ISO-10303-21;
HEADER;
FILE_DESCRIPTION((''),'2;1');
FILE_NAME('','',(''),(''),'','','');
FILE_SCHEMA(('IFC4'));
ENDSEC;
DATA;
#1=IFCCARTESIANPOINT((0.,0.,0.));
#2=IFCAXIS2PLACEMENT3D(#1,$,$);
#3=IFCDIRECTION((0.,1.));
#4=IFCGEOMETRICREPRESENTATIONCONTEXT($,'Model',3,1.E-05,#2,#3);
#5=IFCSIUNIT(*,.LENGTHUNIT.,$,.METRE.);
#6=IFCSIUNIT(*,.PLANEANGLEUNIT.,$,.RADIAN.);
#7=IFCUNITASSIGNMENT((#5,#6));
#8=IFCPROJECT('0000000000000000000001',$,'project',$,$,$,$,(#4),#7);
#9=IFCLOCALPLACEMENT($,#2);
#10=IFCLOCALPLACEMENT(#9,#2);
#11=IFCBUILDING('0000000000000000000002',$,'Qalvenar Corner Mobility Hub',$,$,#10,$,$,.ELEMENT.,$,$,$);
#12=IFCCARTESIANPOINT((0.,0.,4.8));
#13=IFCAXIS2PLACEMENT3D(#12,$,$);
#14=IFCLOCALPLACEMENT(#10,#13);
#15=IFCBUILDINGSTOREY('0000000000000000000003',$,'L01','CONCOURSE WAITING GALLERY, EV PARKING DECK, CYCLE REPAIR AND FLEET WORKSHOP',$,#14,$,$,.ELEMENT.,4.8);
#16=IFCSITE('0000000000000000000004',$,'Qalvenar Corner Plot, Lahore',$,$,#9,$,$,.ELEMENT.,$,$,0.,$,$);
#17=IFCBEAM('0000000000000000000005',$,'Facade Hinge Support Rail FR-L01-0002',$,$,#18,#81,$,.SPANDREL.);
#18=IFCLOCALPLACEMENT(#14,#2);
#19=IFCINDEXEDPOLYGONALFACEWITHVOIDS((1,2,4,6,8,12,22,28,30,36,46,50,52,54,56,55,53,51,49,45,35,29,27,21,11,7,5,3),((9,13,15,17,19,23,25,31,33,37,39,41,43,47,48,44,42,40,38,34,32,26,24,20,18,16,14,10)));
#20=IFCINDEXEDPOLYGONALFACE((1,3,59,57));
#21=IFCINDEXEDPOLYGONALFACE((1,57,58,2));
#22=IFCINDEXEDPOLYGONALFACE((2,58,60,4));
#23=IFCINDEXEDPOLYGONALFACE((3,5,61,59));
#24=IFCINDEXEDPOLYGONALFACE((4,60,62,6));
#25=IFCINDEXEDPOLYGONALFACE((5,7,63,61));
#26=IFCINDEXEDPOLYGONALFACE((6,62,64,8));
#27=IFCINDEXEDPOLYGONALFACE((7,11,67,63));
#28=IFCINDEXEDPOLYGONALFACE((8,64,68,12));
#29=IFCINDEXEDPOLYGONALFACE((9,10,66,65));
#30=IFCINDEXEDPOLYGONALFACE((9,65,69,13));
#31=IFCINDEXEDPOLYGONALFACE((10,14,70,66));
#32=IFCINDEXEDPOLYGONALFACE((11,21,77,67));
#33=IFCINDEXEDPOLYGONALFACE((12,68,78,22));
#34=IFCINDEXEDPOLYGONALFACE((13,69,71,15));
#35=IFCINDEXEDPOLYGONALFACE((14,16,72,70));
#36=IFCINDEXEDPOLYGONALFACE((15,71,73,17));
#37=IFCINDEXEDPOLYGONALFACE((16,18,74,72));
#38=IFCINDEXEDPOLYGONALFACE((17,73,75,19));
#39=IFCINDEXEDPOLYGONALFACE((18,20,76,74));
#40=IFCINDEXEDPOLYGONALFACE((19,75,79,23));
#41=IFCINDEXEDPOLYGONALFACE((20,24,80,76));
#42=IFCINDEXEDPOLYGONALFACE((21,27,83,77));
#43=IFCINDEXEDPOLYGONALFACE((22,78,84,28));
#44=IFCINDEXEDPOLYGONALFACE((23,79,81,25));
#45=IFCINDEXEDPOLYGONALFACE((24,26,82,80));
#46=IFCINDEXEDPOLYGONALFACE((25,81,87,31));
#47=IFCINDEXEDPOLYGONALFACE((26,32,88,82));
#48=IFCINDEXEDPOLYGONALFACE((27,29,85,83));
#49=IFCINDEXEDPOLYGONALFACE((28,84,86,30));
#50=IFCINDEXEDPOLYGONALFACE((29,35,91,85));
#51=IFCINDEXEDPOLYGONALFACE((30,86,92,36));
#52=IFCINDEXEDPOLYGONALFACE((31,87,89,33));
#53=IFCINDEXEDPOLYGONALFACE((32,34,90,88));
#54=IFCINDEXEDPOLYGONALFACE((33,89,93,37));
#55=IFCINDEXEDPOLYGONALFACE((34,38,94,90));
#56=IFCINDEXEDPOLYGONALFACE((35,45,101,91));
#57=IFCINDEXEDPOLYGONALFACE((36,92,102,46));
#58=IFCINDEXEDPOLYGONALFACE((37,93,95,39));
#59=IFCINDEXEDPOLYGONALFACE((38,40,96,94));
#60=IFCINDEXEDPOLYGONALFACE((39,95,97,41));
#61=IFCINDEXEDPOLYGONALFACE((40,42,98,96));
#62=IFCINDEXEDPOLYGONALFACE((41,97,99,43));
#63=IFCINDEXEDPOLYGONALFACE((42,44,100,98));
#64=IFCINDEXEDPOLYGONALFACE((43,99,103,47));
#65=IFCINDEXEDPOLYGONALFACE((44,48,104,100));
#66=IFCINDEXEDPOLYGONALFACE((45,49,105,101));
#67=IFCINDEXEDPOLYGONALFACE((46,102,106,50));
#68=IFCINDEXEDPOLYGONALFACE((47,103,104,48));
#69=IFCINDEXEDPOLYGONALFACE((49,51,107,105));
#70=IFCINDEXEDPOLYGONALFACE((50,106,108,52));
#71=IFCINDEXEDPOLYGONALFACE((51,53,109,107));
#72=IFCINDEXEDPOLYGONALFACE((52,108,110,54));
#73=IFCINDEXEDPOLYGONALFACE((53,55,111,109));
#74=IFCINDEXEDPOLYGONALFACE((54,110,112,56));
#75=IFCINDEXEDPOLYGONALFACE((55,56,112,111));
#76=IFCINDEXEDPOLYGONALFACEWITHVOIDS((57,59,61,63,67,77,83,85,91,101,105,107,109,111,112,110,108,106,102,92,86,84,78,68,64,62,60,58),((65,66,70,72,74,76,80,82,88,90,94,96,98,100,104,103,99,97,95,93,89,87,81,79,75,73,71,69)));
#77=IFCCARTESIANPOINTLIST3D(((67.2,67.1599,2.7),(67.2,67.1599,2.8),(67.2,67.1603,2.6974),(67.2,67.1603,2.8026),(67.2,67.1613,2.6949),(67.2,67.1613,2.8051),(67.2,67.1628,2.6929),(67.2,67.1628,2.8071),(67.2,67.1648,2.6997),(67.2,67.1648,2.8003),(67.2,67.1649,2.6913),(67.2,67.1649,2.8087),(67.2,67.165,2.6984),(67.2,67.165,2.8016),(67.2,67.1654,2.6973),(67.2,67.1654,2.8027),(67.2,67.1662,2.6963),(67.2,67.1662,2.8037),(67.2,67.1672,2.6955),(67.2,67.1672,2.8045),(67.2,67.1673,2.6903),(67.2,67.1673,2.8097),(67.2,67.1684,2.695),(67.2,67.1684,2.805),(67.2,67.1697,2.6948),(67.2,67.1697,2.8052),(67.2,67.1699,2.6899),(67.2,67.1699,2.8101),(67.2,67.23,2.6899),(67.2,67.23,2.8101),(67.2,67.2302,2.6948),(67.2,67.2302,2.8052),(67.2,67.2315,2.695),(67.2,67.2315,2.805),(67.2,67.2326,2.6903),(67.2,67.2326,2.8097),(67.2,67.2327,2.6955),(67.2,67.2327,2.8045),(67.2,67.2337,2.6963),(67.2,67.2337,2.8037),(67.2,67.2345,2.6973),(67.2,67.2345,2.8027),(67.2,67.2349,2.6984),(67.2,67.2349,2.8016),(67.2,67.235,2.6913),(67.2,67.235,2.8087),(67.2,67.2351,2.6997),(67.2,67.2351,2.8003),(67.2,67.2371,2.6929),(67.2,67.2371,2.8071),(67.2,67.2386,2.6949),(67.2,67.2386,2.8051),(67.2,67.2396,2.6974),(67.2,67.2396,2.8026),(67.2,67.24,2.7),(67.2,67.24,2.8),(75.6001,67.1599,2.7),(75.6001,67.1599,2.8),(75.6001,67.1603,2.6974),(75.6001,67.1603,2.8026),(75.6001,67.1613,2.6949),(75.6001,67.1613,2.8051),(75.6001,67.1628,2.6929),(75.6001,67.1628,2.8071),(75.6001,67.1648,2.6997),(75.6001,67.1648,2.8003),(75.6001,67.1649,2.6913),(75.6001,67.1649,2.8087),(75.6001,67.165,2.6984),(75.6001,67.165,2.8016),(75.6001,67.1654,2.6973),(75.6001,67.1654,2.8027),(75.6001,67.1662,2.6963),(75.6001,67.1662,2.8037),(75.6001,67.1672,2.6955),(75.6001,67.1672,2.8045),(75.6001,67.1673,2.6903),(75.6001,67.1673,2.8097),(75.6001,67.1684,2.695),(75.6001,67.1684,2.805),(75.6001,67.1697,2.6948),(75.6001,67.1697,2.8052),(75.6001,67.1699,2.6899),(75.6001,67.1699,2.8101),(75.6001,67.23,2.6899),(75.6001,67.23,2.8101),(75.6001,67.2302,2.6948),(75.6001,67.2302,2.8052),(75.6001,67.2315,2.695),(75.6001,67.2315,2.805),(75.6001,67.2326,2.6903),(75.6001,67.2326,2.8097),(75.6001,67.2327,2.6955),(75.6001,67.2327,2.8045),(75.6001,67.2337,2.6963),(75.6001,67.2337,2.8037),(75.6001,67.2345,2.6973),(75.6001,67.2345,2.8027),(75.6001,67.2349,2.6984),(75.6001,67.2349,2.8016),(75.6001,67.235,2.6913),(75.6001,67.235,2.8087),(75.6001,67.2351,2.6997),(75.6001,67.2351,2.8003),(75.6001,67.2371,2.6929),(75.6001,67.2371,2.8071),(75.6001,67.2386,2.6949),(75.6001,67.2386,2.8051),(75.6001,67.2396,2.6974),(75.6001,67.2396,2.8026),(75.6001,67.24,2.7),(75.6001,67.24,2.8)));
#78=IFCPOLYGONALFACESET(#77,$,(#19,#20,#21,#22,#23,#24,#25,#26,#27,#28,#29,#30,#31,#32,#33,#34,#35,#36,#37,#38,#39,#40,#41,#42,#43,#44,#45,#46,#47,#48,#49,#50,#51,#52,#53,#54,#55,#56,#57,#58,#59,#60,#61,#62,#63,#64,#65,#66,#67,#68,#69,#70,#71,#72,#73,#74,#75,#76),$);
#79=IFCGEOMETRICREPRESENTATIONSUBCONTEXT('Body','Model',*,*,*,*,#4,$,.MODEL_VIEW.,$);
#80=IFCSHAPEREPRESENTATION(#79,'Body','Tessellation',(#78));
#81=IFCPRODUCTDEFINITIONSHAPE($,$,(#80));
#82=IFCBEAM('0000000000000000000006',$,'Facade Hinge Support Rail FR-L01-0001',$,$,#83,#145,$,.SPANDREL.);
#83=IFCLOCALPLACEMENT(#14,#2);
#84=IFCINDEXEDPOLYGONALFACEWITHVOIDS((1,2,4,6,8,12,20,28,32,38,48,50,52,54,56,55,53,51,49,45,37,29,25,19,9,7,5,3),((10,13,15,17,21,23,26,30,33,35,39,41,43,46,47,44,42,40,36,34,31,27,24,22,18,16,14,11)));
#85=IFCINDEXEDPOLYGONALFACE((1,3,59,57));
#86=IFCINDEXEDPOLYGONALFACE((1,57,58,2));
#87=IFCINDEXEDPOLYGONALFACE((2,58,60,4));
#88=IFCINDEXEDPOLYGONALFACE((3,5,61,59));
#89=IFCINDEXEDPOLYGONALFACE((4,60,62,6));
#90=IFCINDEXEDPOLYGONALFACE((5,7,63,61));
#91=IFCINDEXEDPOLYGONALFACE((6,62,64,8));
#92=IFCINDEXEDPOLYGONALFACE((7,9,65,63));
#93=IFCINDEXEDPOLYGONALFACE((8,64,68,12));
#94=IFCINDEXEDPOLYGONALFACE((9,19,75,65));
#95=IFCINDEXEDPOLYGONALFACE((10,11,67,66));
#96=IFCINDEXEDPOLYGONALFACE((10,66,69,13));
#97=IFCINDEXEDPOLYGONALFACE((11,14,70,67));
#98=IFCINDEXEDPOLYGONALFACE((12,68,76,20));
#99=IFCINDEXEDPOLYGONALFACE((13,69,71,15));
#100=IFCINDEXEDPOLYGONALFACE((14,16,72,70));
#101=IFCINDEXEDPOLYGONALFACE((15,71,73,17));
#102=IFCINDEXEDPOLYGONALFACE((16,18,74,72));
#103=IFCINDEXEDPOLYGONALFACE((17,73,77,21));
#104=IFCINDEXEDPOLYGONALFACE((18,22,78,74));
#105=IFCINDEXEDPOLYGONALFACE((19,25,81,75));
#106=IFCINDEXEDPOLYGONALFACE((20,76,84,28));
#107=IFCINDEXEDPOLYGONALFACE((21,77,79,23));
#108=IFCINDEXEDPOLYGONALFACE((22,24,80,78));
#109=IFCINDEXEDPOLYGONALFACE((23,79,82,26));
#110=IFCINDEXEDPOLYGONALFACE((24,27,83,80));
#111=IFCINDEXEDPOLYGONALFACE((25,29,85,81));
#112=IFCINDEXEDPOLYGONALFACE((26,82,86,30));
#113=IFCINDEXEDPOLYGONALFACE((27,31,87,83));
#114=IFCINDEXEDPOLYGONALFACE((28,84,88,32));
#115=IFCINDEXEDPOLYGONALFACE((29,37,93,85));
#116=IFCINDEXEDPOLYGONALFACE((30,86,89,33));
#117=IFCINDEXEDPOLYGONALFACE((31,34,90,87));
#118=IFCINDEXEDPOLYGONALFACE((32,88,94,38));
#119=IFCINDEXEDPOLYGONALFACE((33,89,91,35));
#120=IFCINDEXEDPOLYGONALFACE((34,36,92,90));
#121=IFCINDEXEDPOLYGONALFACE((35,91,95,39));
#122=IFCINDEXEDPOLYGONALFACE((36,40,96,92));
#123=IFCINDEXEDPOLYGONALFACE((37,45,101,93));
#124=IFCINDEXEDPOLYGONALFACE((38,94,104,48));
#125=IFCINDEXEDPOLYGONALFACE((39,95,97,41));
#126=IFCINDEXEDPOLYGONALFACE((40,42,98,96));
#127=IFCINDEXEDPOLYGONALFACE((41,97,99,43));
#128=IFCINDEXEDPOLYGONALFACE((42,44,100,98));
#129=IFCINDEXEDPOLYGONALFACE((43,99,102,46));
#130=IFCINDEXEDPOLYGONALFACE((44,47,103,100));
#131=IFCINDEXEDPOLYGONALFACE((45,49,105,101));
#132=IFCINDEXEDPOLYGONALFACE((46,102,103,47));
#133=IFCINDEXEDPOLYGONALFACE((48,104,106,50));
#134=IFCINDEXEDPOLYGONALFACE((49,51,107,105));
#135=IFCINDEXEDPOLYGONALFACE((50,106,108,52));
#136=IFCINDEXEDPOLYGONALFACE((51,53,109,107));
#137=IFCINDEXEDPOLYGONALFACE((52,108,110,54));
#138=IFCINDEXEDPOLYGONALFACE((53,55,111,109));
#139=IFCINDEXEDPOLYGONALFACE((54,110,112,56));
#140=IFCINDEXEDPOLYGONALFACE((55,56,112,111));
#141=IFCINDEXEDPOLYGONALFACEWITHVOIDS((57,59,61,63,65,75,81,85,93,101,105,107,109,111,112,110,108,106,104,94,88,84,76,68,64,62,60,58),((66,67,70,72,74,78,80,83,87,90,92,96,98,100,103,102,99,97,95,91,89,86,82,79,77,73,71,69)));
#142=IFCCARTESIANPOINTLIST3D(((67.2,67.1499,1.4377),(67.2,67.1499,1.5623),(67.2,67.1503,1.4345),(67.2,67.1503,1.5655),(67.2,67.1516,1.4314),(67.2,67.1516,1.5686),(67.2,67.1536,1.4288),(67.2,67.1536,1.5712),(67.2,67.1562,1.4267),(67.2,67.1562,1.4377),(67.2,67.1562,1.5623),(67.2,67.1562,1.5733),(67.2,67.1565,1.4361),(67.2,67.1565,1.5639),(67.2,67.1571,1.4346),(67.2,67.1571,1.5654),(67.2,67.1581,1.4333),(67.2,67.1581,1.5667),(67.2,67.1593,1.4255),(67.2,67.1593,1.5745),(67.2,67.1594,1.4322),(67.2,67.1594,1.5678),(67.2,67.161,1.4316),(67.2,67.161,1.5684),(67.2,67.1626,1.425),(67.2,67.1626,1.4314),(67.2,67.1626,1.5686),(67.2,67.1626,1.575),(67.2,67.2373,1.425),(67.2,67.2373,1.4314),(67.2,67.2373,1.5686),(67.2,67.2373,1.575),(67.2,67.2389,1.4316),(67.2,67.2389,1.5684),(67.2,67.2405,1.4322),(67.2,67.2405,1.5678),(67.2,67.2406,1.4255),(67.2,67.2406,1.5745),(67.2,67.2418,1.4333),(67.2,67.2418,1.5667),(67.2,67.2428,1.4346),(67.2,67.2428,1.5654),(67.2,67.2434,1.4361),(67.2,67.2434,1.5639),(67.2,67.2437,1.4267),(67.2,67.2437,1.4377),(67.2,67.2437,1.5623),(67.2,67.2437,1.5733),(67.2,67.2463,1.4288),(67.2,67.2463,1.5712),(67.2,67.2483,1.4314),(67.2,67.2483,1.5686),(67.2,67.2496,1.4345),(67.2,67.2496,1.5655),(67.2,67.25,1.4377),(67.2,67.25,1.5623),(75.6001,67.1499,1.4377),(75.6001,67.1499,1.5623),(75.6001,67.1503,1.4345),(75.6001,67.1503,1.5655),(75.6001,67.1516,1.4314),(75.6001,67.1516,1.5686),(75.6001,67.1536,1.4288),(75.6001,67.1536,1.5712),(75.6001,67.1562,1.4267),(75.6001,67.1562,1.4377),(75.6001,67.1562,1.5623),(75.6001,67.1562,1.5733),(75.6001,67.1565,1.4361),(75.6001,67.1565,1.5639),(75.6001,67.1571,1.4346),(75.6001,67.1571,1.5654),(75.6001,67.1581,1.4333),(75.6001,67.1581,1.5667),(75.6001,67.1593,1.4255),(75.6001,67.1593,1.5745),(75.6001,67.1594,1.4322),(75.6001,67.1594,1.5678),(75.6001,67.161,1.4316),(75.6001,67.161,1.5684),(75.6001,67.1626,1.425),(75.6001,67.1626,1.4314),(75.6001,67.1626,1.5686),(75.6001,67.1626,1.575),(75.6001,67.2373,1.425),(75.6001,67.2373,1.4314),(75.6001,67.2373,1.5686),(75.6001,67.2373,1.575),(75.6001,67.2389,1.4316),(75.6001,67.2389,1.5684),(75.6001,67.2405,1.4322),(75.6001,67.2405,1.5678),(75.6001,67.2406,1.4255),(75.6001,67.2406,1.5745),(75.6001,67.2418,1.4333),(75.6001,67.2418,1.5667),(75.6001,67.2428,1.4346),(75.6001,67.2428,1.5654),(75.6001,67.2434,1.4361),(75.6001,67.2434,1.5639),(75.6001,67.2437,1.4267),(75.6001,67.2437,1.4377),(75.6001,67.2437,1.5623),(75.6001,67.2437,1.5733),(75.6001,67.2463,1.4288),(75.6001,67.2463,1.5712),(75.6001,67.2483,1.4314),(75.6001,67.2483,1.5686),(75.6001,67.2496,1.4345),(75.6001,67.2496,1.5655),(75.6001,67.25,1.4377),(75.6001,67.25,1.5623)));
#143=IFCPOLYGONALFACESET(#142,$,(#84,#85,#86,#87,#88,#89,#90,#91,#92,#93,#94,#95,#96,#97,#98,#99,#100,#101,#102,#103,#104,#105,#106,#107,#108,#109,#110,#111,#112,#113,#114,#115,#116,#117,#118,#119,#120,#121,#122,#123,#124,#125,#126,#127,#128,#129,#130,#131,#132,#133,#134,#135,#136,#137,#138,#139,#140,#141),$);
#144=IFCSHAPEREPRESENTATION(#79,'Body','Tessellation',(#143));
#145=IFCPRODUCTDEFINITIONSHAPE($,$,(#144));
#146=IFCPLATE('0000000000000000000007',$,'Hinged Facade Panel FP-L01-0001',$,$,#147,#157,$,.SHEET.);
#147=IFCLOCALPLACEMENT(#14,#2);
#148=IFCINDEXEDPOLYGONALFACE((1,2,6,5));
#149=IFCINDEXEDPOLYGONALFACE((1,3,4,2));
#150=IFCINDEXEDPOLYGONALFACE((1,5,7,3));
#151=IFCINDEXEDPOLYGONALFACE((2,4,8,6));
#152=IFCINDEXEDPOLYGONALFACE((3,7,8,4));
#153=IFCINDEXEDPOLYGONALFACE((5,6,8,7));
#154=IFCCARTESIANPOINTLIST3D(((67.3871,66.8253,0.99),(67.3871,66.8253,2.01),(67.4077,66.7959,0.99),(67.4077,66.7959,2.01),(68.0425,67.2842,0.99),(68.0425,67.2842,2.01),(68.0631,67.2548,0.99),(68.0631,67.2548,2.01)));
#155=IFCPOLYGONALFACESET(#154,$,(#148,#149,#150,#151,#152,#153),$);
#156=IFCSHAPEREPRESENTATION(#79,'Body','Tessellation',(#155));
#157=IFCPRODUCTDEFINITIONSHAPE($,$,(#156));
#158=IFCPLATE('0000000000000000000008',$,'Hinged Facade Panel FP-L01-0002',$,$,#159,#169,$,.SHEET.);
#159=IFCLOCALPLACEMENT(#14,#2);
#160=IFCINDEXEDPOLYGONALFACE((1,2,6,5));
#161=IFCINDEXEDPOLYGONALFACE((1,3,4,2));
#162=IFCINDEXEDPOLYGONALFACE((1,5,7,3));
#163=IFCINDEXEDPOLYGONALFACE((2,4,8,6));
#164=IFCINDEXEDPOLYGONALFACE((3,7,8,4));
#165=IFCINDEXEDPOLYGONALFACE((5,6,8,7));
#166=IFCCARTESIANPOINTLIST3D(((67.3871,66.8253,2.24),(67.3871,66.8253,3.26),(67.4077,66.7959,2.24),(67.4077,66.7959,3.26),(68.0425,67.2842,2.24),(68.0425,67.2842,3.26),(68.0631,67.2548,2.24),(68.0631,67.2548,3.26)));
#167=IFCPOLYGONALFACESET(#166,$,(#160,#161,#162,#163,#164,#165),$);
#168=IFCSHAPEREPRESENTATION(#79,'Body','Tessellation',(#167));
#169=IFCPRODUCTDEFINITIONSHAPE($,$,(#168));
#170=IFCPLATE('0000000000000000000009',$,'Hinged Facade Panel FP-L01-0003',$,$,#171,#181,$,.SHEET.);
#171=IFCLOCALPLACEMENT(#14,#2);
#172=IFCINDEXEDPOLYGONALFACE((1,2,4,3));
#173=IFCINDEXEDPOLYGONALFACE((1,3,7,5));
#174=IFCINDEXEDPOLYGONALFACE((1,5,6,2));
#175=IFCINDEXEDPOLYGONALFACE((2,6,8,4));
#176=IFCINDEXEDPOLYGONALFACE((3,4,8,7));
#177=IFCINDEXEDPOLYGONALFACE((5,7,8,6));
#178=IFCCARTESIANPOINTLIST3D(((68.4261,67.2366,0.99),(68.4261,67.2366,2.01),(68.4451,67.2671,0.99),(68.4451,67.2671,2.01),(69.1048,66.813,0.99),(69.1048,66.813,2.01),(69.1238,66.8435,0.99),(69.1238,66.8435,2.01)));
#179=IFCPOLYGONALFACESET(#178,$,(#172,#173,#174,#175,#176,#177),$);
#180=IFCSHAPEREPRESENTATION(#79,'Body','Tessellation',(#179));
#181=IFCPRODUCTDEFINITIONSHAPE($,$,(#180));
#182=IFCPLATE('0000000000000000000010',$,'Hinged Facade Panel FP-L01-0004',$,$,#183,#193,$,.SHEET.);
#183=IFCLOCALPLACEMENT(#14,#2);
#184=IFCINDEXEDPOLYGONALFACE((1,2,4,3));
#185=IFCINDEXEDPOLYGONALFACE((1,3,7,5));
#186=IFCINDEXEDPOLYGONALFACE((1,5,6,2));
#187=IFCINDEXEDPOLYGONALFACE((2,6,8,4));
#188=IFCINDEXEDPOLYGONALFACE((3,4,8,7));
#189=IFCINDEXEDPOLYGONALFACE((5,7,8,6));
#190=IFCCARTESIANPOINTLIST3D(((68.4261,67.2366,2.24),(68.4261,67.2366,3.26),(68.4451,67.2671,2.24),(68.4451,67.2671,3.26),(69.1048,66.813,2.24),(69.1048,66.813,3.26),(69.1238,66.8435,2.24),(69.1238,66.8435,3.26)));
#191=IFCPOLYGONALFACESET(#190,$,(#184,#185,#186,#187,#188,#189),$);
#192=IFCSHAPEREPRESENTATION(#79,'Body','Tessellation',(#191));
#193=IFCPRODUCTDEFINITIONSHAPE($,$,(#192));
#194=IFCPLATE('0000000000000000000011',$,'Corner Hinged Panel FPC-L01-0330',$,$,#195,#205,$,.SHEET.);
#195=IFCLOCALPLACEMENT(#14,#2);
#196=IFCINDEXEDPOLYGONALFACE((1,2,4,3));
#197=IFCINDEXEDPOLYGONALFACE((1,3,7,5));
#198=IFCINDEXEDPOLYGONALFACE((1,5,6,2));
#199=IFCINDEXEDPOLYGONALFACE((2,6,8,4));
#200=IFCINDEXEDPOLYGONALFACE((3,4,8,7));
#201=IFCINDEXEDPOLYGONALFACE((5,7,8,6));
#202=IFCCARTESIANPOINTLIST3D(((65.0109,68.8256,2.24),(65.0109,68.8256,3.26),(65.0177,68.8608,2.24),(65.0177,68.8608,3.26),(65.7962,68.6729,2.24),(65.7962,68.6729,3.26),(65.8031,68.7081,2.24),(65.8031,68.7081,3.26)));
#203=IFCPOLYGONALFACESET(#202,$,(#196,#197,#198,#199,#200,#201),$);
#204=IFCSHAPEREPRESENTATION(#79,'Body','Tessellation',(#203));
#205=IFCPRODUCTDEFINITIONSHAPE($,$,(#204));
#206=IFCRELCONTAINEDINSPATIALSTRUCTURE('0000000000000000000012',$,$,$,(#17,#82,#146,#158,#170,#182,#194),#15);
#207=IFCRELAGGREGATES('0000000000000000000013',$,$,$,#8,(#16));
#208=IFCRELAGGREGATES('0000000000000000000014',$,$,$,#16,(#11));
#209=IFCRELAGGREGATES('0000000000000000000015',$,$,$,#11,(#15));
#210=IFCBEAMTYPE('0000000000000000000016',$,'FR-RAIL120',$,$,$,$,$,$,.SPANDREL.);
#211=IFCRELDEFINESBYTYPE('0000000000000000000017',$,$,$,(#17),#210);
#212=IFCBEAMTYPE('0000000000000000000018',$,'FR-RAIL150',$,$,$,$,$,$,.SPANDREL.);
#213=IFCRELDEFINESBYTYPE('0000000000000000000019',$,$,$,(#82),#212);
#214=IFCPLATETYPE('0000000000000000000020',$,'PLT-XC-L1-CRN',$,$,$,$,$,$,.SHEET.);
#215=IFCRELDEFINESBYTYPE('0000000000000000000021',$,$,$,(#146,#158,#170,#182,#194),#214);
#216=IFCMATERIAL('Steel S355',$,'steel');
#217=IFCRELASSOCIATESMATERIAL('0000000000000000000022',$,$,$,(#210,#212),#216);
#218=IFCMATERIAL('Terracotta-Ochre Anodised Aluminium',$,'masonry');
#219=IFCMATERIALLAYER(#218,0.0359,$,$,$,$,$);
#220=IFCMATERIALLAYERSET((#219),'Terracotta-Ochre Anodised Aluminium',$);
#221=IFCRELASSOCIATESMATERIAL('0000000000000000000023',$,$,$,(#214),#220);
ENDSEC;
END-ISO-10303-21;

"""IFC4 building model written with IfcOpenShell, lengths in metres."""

from ifc_helpers import new_model, si_unit, direction, frame, origin, origin_2d, place, context, subcontext, project, spatial, rectangle, hollow_rectangle, extrude, material, layer, layer_set, material_profile, profile_set, type_object, element, save


model = new_model("IFC4")

# Units and contexts
model_context = context("Model", 3, precision=1e-05, world=origin(), true_north=direction((0.0, 1.0)))
body_context = subcontext(model_context, "Body", "Model", "MODEL_VIEW")
ifc_project = project(units=[si_unit("LENGTHUNIT", "METRE"), si_unit("PLANEANGLEUNIT", "RADIAN")], contexts=[model_context])

# Site, building, storey
site_placement = place(None, origin())
site = spatial("IfcSite", under=ifc_project, at=site_placement, Name="Qalvenar Corner Plot, Lahore", CompositionType="ELEMENT", RefElevation=0.0)
building_placement = place(site_placement, origin())
building = spatial("IfcBuilding", under=site, at=building_placement, Name="Qalvenar Corner Mobility Hub", CompositionType="ELEMENT")
storey_placement = place(building_placement, frame((0.0, 0.0, 4.8)))
storey = spatial("IfcBuildingStorey", under=building, at=storey_placement, Name="L01", Description="CONCOURSE WAITING GALLERY, EV PARKING DECK, CYCLE REPAIR AND FLEET WORKSHOP", CompositionType="ELEMENT", Elevation=4.8)

# Shared definitions
ifc_material_1 = material(Name="Steel S355", Category="steel")

# Beams
ifc_material_profile_1 = material_profile(ifc_material_1, hollow_rectangle(XDim=0.0801, YDim=0.1201, WallThickness=0.0049, InnerFilletRadius=0.0049, OuterFilletRadius=0.01, at=origin_2d()), Name="RHS120x80x5")
ifc_profile_set_1 = profile_set([ifc_material_profile_1], Name="Steel S355")
beam_type_1 = type_object("IfcBeamType", Name="FR-RAIL120", PredefinedType="SPANDREL", material=ifc_profile_set_1)
beam_1_placement = place(storey_placement, frame((67.2, 67.2, 2.75), z_axis=(1.0, 0.0, 0.0), x_axis=(0.0, 1.0, 0.0)))
element("IfcBeam", 1, at=beam_1_placement, inside=storey, type_object=beam_type_1, Name="Facade Hinge Support Rail FR-L01-0002", PredefinedType="SPANDREL", context=body_context, shape_type="SweptSolid", body=[
    extrude(hollow_rectangle(XDim=0.0801, YDim=0.1201, WallThickness=0.0049, InnerFilletRadius=0.0049, OuterFilletRadius=0.01, at=origin_2d()), origin(), (0.0, 0.0, 1.0), 8.4001),
])
ifc_material_profile_2 = material_profile(ifc_material_1, hollow_rectangle(XDim=0.1001, YDim=0.1499, WallThickness=0.0063, InnerFilletRadius=0.0063, OuterFilletRadius=0.0127, at=origin_2d()), Name="RHS150x100x6.3")
ifc_profile_set_2 = profile_set([ifc_material_profile_2], Name="Steel S355")
beam_type_2 = type_object("IfcBeamType", Name="FR-RAIL150", PredefinedType="SPANDREL", material=ifc_profile_set_2)
beam_2_placement = place(storey_placement, frame((67.2, 67.2, 1.5), z_axis=(1.0, 0.0, 0.0), x_axis=(0.0, 1.0, 0.0)))
element("IfcBeam", 2, at=beam_2_placement, inside=storey, type_object=beam_type_2, Name="Facade Hinge Support Rail FR-L01-0001", PredefinedType="SPANDREL", context=body_context, shape_type="SweptSolid", body=[
    extrude(hollow_rectangle(XDim=0.1001, YDim=0.1499, WallThickness=0.0063, InnerFilletRadius=0.0063, OuterFilletRadius=0.0127, at=origin_2d()), origin(), (0.0, 0.0, 1.0), 8.4001),
])

# Plates
ifc_material_2 = material(Name="Terracotta-Ochre Anodised Aluminium", Category="masonry")
ifc_layer_1 = layer(ifc_material_2, 0.0359)
ifc_layer_set_1 = layer_set([ifc_layer_1], Name="Terracotta-Ochre Anodised Aluminium")
plate_type_1 = type_object("IfcPlateType", Name="PLT-XC-L1-CRN", PredefinedType="SHEET", material=ifc_layer_set_1)
for number, where, z_axis, x_axis, name in (
    (3, (67.7251, 67.04, 0.99), (0.0, 0.0, 1.0), (0.819152, 0.573576, 0.0), "Hinged Facade Panel FP-L01-0001"),
    (4, (67.7251, 67.04, 2.24), (0.0, 0.0, 1.0), (0.819152, 0.573576, 0.0), "Hinged Facade Panel FP-L01-0002"),
    (5, (68.7749, 67.04, 0.99), (0.0, 0.0, 1.0), (0.848325, -0.529475, 0.0), "Hinged Facade Panel FP-L01-0003"),
    (6, (68.7749, 67.04, 2.24), (0.0, 0.0, 1.0), (0.848325, -0.529475, 0.0), "Hinged Facade Panel FP-L01-0004"),
    (7, (65.407, 68.7668, 2.24), (0.0, 0.0, 1.0), (0.981627, -0.190809, 0.0), "Corner Hinged Panel FPC-L01-0330"),
):
    element("IfcPlate", number, at=place(storey_placement, frame(where, z_axis=z_axis, x_axis=x_axis)), inside=storey, type_object=plate_type_1, Name=name, PredefinedType="SHEET", context=body_context, shape_type="SweptSolid", body=[
        extrude(rectangle(XDim=0.8, YDim=0.0359, at=origin_2d()), origin(), (0.0, 0.0, 1.0), 1.02),
    ])

save(model, "model.ifc")
